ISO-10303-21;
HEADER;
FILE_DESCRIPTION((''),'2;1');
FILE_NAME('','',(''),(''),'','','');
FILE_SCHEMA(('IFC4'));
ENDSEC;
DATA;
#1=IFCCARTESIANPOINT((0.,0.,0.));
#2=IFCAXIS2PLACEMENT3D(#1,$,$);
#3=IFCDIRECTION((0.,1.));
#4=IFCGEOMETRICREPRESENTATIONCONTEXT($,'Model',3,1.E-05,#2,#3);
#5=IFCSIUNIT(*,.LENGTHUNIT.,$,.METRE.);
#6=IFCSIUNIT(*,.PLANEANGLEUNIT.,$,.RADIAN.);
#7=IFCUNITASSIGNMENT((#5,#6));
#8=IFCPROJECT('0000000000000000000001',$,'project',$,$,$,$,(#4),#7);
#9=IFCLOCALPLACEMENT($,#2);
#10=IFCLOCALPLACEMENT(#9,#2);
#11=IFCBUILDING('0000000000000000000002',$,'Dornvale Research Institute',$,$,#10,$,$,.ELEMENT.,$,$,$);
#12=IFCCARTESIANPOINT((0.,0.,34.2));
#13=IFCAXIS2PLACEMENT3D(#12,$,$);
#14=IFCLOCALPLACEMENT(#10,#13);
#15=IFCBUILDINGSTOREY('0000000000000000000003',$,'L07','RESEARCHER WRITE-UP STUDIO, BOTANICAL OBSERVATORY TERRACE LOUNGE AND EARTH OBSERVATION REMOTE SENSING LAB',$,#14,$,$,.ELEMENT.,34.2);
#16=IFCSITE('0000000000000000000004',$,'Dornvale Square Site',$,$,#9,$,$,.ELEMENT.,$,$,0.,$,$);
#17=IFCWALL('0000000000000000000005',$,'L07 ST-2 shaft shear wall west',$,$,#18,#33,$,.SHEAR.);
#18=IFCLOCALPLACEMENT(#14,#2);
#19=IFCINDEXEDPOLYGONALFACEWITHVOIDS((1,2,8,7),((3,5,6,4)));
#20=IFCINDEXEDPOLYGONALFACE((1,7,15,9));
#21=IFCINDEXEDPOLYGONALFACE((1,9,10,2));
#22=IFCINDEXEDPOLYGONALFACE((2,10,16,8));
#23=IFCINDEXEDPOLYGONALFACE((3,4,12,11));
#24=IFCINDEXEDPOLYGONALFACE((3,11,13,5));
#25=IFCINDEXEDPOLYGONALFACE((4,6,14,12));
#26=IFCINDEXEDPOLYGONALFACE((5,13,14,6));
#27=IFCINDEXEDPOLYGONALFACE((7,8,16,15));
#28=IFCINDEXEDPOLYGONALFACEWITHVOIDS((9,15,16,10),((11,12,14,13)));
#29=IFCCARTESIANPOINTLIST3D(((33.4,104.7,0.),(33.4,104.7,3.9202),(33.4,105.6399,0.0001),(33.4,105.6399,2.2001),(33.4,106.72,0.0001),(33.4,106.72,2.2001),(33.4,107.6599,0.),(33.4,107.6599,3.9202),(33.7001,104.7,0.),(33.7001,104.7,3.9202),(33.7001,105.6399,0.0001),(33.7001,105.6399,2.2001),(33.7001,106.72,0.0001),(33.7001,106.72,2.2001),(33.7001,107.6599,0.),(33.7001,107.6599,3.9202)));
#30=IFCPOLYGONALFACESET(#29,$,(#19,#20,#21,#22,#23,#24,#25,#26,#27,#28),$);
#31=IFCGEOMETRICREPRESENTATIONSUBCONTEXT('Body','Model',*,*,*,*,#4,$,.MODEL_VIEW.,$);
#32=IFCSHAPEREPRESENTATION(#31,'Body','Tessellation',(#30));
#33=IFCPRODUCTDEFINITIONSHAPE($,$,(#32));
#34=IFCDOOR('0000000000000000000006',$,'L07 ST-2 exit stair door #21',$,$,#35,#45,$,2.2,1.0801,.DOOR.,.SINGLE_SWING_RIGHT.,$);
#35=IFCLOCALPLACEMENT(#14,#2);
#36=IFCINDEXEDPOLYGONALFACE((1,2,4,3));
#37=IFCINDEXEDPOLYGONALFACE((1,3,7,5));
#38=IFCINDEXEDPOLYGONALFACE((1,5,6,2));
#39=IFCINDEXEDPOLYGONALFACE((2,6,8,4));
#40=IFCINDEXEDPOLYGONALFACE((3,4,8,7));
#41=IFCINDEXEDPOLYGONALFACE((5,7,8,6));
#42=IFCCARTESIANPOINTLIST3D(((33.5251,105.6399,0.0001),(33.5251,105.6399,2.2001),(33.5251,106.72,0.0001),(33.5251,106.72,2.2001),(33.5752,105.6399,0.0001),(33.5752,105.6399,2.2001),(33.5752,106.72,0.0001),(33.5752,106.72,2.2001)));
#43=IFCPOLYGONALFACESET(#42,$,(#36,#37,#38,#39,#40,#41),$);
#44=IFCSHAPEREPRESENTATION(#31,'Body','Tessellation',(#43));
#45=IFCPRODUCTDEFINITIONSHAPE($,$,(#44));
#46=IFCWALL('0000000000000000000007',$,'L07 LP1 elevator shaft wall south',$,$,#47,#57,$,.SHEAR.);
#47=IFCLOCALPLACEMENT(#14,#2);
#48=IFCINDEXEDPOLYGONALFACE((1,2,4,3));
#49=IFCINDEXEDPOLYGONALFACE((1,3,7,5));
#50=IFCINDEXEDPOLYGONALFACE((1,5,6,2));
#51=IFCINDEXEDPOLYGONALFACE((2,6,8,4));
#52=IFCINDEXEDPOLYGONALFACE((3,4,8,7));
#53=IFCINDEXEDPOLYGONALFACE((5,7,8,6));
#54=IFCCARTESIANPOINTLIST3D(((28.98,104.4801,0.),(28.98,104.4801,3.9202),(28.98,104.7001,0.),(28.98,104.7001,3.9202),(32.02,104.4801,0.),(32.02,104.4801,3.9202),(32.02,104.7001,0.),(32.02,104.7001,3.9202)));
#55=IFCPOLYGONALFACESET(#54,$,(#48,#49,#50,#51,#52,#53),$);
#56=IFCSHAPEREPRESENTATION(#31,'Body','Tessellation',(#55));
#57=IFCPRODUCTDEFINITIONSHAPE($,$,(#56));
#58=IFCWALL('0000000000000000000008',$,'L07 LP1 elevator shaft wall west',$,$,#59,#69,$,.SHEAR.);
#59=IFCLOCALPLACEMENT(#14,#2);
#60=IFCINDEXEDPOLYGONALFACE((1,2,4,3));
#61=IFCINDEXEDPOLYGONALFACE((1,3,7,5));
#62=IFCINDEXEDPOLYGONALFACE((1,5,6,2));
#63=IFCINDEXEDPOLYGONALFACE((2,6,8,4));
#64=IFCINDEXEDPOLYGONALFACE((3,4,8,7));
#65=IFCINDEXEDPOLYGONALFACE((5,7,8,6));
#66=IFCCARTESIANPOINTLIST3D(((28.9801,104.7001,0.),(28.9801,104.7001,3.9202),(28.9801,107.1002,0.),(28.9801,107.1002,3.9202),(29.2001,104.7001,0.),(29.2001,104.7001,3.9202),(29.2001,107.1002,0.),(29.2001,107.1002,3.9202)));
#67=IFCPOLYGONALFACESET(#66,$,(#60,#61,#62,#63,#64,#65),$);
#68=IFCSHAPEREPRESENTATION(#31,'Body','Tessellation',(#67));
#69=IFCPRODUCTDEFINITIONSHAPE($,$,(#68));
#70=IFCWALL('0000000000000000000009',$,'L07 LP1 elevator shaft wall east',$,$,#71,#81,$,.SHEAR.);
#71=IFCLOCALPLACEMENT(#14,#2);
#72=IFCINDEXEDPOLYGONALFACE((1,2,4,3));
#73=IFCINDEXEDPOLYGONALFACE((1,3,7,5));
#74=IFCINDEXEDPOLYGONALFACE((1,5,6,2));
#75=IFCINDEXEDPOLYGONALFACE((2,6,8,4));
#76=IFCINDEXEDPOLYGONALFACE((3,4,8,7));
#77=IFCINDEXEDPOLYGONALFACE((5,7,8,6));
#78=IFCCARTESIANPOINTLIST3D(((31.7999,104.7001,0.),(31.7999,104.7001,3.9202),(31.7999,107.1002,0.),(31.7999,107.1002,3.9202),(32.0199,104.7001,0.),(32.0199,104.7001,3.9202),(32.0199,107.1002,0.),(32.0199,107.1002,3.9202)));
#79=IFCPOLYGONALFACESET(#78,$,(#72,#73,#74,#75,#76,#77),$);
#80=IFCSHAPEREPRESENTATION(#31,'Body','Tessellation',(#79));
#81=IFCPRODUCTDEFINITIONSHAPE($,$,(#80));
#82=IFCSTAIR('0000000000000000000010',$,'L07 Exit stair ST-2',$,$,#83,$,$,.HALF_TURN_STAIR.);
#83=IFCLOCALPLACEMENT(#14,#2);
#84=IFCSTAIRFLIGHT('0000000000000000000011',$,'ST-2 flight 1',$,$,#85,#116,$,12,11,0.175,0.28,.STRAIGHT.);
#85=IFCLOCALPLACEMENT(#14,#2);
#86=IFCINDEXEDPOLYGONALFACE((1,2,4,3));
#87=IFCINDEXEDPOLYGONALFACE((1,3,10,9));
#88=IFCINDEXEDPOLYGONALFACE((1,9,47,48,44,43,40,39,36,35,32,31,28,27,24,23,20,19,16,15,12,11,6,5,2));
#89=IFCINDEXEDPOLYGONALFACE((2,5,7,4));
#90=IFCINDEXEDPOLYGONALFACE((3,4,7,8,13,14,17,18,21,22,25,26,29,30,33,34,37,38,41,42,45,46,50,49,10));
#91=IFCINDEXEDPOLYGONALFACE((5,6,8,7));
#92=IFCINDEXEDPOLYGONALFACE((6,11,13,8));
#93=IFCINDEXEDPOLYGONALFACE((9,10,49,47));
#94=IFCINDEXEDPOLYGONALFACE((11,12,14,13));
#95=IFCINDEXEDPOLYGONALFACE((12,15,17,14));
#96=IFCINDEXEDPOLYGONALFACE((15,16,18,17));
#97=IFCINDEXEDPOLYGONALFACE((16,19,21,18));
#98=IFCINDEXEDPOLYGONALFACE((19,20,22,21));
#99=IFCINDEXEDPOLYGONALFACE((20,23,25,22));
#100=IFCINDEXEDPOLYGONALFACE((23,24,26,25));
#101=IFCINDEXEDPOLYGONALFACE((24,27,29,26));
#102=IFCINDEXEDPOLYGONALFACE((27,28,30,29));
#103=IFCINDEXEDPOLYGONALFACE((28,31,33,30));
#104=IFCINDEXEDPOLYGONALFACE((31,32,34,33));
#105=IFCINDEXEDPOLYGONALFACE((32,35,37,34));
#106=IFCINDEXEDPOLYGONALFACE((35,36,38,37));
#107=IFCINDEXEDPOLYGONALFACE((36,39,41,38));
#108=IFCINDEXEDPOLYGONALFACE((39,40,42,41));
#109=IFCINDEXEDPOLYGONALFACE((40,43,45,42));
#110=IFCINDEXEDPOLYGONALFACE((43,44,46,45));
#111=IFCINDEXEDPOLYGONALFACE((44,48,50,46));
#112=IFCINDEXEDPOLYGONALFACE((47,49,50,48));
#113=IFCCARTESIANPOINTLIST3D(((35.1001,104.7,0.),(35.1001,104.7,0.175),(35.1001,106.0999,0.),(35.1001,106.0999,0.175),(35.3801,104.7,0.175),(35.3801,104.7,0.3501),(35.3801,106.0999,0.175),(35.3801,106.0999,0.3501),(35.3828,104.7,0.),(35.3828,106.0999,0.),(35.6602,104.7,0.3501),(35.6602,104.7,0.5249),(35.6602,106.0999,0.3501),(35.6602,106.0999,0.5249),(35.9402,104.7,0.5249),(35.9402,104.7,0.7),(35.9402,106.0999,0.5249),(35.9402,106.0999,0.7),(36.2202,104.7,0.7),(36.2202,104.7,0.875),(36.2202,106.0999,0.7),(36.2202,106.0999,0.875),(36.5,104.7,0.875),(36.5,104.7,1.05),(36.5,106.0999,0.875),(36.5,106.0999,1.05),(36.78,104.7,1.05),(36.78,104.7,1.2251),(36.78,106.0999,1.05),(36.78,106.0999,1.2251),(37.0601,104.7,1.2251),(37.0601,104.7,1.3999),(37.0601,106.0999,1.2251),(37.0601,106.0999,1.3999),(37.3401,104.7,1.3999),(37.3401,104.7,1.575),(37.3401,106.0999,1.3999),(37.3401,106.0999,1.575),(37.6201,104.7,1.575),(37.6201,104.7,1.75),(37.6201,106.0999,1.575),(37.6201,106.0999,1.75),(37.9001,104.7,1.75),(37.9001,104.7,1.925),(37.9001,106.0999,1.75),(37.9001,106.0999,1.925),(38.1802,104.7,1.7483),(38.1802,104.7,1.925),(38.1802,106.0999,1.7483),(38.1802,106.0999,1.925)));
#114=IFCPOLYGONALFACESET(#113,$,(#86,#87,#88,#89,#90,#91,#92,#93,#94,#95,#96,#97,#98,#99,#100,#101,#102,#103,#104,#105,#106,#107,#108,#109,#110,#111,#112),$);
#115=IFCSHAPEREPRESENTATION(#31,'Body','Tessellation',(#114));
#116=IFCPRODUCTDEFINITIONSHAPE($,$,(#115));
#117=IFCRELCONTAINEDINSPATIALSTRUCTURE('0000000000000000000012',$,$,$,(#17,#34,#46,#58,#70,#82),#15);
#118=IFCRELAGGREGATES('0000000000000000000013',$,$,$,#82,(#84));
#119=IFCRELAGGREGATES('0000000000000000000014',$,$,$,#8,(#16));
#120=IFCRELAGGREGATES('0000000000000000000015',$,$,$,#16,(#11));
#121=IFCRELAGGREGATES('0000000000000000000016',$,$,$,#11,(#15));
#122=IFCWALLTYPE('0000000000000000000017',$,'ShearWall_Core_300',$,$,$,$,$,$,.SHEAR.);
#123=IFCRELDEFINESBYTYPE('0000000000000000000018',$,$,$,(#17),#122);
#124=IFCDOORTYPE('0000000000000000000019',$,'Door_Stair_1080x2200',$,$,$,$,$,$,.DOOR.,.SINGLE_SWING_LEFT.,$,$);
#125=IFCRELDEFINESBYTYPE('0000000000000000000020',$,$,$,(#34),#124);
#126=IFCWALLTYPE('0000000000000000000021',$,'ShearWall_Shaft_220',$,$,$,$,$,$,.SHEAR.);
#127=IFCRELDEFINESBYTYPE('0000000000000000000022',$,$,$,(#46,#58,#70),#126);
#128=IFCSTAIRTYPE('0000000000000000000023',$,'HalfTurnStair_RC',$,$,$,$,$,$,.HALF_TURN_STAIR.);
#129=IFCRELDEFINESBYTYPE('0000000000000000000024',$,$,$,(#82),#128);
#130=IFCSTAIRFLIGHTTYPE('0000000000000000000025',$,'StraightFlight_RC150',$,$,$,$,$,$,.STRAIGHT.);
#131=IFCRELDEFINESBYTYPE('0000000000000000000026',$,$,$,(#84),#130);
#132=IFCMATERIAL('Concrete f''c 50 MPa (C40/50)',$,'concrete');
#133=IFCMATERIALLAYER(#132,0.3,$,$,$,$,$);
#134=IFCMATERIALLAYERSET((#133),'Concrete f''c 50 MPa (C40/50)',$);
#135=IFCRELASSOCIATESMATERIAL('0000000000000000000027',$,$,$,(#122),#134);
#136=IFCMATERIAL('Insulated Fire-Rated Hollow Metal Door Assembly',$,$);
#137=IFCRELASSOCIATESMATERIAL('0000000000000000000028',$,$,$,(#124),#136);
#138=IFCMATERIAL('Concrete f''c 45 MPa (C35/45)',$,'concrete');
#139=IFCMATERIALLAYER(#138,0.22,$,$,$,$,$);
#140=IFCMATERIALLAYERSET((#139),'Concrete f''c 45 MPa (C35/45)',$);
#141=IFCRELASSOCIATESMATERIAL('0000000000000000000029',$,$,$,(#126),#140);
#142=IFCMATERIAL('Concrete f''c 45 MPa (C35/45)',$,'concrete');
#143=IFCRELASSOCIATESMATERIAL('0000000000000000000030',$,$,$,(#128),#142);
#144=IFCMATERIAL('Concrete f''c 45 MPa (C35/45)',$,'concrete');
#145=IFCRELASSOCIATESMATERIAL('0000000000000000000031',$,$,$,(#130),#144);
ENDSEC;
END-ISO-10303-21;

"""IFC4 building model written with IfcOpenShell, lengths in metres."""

from ifc_helpers import new_model, si_unit, direction, frame, frame_2d, origin, place, context, subcontext, project, spatial, polyline, rectangle, outline, extrude, material, layer, layer_set, type_object, element, fill, aggregate, save


model = new_model("IFC4")

# Units and contexts
model_context = context("Model", 3, precision=1e-05, world=origin(), true_north=direction((0.0, 1.0)))
body_context = subcontext(model_context, "Body", "Model", "MODEL_VIEW")
ifc_project = project(units=[si_unit("LENGTHUNIT", "METRE"), si_unit("PLANEANGLEUNIT", "RADIAN")], contexts=[model_context])

# Site, building, storey
site_placement = place(None, origin())
site = spatial("IfcSite", under=ifc_project, at=site_placement, Name="Dornvale Square Site", CompositionType="ELEMENT", RefElevation=0.0)
building_placement = place(site_placement, origin())
building = spatial("IfcBuilding", under=site, at=building_placement, Name="Dornvale Research Institute", CompositionType="ELEMENT")
storey_placement = place(building_placement, frame((0.0, 0.0, 34.2)))
storey = spatial("IfcBuildingStorey", under=building, at=storey_placement, Name="L07", Description="RESEARCHER WRITE-UP STUDIO, BOTANICAL OBSERVATORY TERRACE LOUNGE AND EARTH OBSERVATION REMOTE SENSING LAB", CompositionType="ELEMENT", Elevation=34.2)

# Shared definitions
ifc_material_1 = material(Name="Concrete f'c 50 MPa (C40/50)", Category="concrete")
ifc_layer_1 = layer(ifc_material_1, 0.3)
ifc_layer_set_1 = layer_set([ifc_layer_1], Name="Concrete f'c 50 MPa (C40/50)")
wall_type_1 = type_object("IfcWallType", Name="ShearWall_Core_300", PredefinedType="SHEAR", material=ifc_layer_set_1)

# Wall, opening, door
wall_1_placement = place(storey_placement, frame((33.55, 104.7, 0.0), z_axis=(0.0, 0.0, 1.0), x_axis=(0.0, 1.0, 0.0)))
wall_1 = element("IfcWall", 1, at=wall_1_placement, inside=storey, type_object=wall_type_1, Name="L07 ST-2 shaft shear wall west", PredefinedType="SHEAR", context=body_context, shape_type="SweptSolid", body=[
    extrude(rectangle(XDim=2.96, YDim=0.3, at=frame_2d((1.48, 0.0))), origin(), (0.0, 0.0, 1.0), 3.9202),
])
opening_placement = place(wall_1_placement, frame((0.9399, 0.0, 0.0)))
opening = element("IfcOpeningElement", 2, at=opening_placement, cuts=wall_1, PredefinedType="OPENING", context=body_context, shape_type="SweptSolid", body=[
    extrude(rectangle(XDim=1.0801, YDim=2.2, at=frame_2d((0.54, 1.1001))), frame((0.0, 0.165, 0.0), z_axis=(0.0, -1.0, 0.0), x_axis=(1.0, 0.0, 0.0)), (0.0, 0.0, 1.0), 0.3301),
])
ifc_material_2 = material(Name="Insulated Fire-Rated Hollow Metal Door Assembly")
door_type = type_object("IfcDoorType", Name="Door_Stair_1080x2200", OperationType="SINGLE_SWING_LEFT", PredefinedType="DOOR", material=ifc_material_2)
door_placement = place(opening_placement, origin())
door = element("IfcDoor", 3, at=door_placement, inside=storey, type_object=door_type, Name="L07 ST-2 exit stair door #21", OperationType="SINGLE_SWING_RIGHT", OverallHeight=2.2, OverallWidth=1.0801, PredefinedType="DOOR", context=body_context, shape_type="SweptSolid", body=[
    extrude(rectangle(XDim=1.0801, YDim=2.2, at=frame_2d((0.54, 1.1001))), frame((0.0, 0.0249, 0.0), z_axis=(0.0, -1.0, 0.0), x_axis=(1.0, 0.0, 0.0)), (0.0, 0.0, 1.0), 0.05),
])
fill(opening, door)

# Walls
ifc_material_3 = material(Name="Concrete f'c 45 MPa (C35/45)", Category="concrete")
ifc_layer_2 = layer(ifc_material_3, 0.22)
ifc_layer_set_2 = layer_set([ifc_layer_2], Name="Concrete f'c 45 MPa (C35/45)")
wall_type_2 = type_object("IfcWallType", Name="ShearWall_Shaft_220", PredefinedType="SHEAR", material=ifc_layer_set_2)
wall_2_placement = place(storey_placement, frame((28.98, 104.5901, 0.0), z_axis=(0.0, 0.0, 1.0), x_axis=(1.0, 0.0, 0.0)))
element("IfcWall", 4, at=wall_2_placement, inside=storey, type_object=wall_type_2, Name="L07 LP1 elevator shaft wall south", PredefinedType="SHEAR", context=body_context, shape_type="SweptSolid", body=[
    extrude(rectangle(XDim=3.04, YDim=0.22, at=frame_2d((1.52, 0.0))), origin(), (0.0, 0.0, 1.0), 3.9202),
])
for number, where, z_axis, x_axis, name in (
    (5, (29.0901, 104.7, 0.0), (0.0, 0.0, 1.0), (0.0, 1.0, 0.0), "L07 LP1 elevator shaft wall west"),
    (6, (31.9099, 104.7, 0.0), (0.0, 0.0, 1.0), (0.0, 1.0, 0.0), "L07 LP1 elevator shaft wall east"),
):
    element("IfcWall", number, at=place(storey_placement, frame(where, z_axis=z_axis, x_axis=x_axis)), inside=storey, type_object=wall_type_2, Name=name, PredefinedType="SHEAR", context=body_context, shape_type="SweptSolid", body=[
        extrude(rectangle(XDim=2.4001, YDim=0.22, at=frame_2d((1.2002, 0.0))), origin(), (0.0, 0.0, 1.0), 3.9202),
    ])

# Stair, stair flight
ifc_material_4 = material(Name="Concrete f'c 45 MPa (C35/45)", Category="concrete")
stair_type = type_object("IfcStairType", Name="HalfTurnStair_RC", PredefinedType="HALF_TURN_STAIR", material=ifc_material_4)
stair_placement = place(storey_placement, origin())
stair = element("IfcStair", 7, at=stair_placement, inside=storey, type_object=stair_type, Name="L07 Exit stair ST-2", PredefinedType="HALF_TURN_STAIR")
ifc_material_5 = material(Name="Concrete f'c 45 MPa (C35/45)", Category="concrete")
stair_flight_type = type_object("IfcStairFlightType", Name="StraightFlight_RC150", PredefinedType="STRAIGHT", material=ifc_material_5)
stair_flight_placement = place(storey_placement, frame((35.1001, 105.3999, 0.0), z_axis=(0.0, 0.0, 1.0), x_axis=(1.0, 0.0, 0.0)))
stair_flight = element("IfcStairFlight", 8, at=stair_flight_placement, type_object=stair_flight_type, Name="ST-2 flight 1", NumberOfRisers=12, NumberOfTreads=11, PredefinedType="STRAIGHT", RiserHeight=0.175, TreadLength=0.28, context=body_context, shape_type="SweptSolid", body=[
    extrude(outline(polyline([(0.0, 0.0), (0.0, 0.175), (0.28, 0.175), (0.28, 0.3501), (0.5601, 0.3501), (0.5601, 0.5249), (0.8401, 0.5249), (0.8401, 0.7), (1.1201, 0.7), (1.1201, 0.875), (1.3999, 0.875), (1.3999, 1.05), (1.6799, 1.05), (1.6799, 1.2251), (1.96, 1.2251), (1.96, 1.3999), (2.24, 1.3999), (2.24, 1.575), (2.52, 1.575), (2.52, 1.75), (2.8, 1.75), (2.8, 1.925), (3.0801, 1.925), (3.0801, 2.1001), (3.0801, 1.7483), (0.2827, 0.0), (0.0, 0.0)])), frame((0.0, 0.7, 0.0), z_axis=(0.0, -1.0, 0.0), x_axis=(1.0, 0.0, 0.0)), (0.0, 0.0, 1.0), 1.3999),
])
aggregate(stair, [stair_flight])

save(model, "model.ifc")
